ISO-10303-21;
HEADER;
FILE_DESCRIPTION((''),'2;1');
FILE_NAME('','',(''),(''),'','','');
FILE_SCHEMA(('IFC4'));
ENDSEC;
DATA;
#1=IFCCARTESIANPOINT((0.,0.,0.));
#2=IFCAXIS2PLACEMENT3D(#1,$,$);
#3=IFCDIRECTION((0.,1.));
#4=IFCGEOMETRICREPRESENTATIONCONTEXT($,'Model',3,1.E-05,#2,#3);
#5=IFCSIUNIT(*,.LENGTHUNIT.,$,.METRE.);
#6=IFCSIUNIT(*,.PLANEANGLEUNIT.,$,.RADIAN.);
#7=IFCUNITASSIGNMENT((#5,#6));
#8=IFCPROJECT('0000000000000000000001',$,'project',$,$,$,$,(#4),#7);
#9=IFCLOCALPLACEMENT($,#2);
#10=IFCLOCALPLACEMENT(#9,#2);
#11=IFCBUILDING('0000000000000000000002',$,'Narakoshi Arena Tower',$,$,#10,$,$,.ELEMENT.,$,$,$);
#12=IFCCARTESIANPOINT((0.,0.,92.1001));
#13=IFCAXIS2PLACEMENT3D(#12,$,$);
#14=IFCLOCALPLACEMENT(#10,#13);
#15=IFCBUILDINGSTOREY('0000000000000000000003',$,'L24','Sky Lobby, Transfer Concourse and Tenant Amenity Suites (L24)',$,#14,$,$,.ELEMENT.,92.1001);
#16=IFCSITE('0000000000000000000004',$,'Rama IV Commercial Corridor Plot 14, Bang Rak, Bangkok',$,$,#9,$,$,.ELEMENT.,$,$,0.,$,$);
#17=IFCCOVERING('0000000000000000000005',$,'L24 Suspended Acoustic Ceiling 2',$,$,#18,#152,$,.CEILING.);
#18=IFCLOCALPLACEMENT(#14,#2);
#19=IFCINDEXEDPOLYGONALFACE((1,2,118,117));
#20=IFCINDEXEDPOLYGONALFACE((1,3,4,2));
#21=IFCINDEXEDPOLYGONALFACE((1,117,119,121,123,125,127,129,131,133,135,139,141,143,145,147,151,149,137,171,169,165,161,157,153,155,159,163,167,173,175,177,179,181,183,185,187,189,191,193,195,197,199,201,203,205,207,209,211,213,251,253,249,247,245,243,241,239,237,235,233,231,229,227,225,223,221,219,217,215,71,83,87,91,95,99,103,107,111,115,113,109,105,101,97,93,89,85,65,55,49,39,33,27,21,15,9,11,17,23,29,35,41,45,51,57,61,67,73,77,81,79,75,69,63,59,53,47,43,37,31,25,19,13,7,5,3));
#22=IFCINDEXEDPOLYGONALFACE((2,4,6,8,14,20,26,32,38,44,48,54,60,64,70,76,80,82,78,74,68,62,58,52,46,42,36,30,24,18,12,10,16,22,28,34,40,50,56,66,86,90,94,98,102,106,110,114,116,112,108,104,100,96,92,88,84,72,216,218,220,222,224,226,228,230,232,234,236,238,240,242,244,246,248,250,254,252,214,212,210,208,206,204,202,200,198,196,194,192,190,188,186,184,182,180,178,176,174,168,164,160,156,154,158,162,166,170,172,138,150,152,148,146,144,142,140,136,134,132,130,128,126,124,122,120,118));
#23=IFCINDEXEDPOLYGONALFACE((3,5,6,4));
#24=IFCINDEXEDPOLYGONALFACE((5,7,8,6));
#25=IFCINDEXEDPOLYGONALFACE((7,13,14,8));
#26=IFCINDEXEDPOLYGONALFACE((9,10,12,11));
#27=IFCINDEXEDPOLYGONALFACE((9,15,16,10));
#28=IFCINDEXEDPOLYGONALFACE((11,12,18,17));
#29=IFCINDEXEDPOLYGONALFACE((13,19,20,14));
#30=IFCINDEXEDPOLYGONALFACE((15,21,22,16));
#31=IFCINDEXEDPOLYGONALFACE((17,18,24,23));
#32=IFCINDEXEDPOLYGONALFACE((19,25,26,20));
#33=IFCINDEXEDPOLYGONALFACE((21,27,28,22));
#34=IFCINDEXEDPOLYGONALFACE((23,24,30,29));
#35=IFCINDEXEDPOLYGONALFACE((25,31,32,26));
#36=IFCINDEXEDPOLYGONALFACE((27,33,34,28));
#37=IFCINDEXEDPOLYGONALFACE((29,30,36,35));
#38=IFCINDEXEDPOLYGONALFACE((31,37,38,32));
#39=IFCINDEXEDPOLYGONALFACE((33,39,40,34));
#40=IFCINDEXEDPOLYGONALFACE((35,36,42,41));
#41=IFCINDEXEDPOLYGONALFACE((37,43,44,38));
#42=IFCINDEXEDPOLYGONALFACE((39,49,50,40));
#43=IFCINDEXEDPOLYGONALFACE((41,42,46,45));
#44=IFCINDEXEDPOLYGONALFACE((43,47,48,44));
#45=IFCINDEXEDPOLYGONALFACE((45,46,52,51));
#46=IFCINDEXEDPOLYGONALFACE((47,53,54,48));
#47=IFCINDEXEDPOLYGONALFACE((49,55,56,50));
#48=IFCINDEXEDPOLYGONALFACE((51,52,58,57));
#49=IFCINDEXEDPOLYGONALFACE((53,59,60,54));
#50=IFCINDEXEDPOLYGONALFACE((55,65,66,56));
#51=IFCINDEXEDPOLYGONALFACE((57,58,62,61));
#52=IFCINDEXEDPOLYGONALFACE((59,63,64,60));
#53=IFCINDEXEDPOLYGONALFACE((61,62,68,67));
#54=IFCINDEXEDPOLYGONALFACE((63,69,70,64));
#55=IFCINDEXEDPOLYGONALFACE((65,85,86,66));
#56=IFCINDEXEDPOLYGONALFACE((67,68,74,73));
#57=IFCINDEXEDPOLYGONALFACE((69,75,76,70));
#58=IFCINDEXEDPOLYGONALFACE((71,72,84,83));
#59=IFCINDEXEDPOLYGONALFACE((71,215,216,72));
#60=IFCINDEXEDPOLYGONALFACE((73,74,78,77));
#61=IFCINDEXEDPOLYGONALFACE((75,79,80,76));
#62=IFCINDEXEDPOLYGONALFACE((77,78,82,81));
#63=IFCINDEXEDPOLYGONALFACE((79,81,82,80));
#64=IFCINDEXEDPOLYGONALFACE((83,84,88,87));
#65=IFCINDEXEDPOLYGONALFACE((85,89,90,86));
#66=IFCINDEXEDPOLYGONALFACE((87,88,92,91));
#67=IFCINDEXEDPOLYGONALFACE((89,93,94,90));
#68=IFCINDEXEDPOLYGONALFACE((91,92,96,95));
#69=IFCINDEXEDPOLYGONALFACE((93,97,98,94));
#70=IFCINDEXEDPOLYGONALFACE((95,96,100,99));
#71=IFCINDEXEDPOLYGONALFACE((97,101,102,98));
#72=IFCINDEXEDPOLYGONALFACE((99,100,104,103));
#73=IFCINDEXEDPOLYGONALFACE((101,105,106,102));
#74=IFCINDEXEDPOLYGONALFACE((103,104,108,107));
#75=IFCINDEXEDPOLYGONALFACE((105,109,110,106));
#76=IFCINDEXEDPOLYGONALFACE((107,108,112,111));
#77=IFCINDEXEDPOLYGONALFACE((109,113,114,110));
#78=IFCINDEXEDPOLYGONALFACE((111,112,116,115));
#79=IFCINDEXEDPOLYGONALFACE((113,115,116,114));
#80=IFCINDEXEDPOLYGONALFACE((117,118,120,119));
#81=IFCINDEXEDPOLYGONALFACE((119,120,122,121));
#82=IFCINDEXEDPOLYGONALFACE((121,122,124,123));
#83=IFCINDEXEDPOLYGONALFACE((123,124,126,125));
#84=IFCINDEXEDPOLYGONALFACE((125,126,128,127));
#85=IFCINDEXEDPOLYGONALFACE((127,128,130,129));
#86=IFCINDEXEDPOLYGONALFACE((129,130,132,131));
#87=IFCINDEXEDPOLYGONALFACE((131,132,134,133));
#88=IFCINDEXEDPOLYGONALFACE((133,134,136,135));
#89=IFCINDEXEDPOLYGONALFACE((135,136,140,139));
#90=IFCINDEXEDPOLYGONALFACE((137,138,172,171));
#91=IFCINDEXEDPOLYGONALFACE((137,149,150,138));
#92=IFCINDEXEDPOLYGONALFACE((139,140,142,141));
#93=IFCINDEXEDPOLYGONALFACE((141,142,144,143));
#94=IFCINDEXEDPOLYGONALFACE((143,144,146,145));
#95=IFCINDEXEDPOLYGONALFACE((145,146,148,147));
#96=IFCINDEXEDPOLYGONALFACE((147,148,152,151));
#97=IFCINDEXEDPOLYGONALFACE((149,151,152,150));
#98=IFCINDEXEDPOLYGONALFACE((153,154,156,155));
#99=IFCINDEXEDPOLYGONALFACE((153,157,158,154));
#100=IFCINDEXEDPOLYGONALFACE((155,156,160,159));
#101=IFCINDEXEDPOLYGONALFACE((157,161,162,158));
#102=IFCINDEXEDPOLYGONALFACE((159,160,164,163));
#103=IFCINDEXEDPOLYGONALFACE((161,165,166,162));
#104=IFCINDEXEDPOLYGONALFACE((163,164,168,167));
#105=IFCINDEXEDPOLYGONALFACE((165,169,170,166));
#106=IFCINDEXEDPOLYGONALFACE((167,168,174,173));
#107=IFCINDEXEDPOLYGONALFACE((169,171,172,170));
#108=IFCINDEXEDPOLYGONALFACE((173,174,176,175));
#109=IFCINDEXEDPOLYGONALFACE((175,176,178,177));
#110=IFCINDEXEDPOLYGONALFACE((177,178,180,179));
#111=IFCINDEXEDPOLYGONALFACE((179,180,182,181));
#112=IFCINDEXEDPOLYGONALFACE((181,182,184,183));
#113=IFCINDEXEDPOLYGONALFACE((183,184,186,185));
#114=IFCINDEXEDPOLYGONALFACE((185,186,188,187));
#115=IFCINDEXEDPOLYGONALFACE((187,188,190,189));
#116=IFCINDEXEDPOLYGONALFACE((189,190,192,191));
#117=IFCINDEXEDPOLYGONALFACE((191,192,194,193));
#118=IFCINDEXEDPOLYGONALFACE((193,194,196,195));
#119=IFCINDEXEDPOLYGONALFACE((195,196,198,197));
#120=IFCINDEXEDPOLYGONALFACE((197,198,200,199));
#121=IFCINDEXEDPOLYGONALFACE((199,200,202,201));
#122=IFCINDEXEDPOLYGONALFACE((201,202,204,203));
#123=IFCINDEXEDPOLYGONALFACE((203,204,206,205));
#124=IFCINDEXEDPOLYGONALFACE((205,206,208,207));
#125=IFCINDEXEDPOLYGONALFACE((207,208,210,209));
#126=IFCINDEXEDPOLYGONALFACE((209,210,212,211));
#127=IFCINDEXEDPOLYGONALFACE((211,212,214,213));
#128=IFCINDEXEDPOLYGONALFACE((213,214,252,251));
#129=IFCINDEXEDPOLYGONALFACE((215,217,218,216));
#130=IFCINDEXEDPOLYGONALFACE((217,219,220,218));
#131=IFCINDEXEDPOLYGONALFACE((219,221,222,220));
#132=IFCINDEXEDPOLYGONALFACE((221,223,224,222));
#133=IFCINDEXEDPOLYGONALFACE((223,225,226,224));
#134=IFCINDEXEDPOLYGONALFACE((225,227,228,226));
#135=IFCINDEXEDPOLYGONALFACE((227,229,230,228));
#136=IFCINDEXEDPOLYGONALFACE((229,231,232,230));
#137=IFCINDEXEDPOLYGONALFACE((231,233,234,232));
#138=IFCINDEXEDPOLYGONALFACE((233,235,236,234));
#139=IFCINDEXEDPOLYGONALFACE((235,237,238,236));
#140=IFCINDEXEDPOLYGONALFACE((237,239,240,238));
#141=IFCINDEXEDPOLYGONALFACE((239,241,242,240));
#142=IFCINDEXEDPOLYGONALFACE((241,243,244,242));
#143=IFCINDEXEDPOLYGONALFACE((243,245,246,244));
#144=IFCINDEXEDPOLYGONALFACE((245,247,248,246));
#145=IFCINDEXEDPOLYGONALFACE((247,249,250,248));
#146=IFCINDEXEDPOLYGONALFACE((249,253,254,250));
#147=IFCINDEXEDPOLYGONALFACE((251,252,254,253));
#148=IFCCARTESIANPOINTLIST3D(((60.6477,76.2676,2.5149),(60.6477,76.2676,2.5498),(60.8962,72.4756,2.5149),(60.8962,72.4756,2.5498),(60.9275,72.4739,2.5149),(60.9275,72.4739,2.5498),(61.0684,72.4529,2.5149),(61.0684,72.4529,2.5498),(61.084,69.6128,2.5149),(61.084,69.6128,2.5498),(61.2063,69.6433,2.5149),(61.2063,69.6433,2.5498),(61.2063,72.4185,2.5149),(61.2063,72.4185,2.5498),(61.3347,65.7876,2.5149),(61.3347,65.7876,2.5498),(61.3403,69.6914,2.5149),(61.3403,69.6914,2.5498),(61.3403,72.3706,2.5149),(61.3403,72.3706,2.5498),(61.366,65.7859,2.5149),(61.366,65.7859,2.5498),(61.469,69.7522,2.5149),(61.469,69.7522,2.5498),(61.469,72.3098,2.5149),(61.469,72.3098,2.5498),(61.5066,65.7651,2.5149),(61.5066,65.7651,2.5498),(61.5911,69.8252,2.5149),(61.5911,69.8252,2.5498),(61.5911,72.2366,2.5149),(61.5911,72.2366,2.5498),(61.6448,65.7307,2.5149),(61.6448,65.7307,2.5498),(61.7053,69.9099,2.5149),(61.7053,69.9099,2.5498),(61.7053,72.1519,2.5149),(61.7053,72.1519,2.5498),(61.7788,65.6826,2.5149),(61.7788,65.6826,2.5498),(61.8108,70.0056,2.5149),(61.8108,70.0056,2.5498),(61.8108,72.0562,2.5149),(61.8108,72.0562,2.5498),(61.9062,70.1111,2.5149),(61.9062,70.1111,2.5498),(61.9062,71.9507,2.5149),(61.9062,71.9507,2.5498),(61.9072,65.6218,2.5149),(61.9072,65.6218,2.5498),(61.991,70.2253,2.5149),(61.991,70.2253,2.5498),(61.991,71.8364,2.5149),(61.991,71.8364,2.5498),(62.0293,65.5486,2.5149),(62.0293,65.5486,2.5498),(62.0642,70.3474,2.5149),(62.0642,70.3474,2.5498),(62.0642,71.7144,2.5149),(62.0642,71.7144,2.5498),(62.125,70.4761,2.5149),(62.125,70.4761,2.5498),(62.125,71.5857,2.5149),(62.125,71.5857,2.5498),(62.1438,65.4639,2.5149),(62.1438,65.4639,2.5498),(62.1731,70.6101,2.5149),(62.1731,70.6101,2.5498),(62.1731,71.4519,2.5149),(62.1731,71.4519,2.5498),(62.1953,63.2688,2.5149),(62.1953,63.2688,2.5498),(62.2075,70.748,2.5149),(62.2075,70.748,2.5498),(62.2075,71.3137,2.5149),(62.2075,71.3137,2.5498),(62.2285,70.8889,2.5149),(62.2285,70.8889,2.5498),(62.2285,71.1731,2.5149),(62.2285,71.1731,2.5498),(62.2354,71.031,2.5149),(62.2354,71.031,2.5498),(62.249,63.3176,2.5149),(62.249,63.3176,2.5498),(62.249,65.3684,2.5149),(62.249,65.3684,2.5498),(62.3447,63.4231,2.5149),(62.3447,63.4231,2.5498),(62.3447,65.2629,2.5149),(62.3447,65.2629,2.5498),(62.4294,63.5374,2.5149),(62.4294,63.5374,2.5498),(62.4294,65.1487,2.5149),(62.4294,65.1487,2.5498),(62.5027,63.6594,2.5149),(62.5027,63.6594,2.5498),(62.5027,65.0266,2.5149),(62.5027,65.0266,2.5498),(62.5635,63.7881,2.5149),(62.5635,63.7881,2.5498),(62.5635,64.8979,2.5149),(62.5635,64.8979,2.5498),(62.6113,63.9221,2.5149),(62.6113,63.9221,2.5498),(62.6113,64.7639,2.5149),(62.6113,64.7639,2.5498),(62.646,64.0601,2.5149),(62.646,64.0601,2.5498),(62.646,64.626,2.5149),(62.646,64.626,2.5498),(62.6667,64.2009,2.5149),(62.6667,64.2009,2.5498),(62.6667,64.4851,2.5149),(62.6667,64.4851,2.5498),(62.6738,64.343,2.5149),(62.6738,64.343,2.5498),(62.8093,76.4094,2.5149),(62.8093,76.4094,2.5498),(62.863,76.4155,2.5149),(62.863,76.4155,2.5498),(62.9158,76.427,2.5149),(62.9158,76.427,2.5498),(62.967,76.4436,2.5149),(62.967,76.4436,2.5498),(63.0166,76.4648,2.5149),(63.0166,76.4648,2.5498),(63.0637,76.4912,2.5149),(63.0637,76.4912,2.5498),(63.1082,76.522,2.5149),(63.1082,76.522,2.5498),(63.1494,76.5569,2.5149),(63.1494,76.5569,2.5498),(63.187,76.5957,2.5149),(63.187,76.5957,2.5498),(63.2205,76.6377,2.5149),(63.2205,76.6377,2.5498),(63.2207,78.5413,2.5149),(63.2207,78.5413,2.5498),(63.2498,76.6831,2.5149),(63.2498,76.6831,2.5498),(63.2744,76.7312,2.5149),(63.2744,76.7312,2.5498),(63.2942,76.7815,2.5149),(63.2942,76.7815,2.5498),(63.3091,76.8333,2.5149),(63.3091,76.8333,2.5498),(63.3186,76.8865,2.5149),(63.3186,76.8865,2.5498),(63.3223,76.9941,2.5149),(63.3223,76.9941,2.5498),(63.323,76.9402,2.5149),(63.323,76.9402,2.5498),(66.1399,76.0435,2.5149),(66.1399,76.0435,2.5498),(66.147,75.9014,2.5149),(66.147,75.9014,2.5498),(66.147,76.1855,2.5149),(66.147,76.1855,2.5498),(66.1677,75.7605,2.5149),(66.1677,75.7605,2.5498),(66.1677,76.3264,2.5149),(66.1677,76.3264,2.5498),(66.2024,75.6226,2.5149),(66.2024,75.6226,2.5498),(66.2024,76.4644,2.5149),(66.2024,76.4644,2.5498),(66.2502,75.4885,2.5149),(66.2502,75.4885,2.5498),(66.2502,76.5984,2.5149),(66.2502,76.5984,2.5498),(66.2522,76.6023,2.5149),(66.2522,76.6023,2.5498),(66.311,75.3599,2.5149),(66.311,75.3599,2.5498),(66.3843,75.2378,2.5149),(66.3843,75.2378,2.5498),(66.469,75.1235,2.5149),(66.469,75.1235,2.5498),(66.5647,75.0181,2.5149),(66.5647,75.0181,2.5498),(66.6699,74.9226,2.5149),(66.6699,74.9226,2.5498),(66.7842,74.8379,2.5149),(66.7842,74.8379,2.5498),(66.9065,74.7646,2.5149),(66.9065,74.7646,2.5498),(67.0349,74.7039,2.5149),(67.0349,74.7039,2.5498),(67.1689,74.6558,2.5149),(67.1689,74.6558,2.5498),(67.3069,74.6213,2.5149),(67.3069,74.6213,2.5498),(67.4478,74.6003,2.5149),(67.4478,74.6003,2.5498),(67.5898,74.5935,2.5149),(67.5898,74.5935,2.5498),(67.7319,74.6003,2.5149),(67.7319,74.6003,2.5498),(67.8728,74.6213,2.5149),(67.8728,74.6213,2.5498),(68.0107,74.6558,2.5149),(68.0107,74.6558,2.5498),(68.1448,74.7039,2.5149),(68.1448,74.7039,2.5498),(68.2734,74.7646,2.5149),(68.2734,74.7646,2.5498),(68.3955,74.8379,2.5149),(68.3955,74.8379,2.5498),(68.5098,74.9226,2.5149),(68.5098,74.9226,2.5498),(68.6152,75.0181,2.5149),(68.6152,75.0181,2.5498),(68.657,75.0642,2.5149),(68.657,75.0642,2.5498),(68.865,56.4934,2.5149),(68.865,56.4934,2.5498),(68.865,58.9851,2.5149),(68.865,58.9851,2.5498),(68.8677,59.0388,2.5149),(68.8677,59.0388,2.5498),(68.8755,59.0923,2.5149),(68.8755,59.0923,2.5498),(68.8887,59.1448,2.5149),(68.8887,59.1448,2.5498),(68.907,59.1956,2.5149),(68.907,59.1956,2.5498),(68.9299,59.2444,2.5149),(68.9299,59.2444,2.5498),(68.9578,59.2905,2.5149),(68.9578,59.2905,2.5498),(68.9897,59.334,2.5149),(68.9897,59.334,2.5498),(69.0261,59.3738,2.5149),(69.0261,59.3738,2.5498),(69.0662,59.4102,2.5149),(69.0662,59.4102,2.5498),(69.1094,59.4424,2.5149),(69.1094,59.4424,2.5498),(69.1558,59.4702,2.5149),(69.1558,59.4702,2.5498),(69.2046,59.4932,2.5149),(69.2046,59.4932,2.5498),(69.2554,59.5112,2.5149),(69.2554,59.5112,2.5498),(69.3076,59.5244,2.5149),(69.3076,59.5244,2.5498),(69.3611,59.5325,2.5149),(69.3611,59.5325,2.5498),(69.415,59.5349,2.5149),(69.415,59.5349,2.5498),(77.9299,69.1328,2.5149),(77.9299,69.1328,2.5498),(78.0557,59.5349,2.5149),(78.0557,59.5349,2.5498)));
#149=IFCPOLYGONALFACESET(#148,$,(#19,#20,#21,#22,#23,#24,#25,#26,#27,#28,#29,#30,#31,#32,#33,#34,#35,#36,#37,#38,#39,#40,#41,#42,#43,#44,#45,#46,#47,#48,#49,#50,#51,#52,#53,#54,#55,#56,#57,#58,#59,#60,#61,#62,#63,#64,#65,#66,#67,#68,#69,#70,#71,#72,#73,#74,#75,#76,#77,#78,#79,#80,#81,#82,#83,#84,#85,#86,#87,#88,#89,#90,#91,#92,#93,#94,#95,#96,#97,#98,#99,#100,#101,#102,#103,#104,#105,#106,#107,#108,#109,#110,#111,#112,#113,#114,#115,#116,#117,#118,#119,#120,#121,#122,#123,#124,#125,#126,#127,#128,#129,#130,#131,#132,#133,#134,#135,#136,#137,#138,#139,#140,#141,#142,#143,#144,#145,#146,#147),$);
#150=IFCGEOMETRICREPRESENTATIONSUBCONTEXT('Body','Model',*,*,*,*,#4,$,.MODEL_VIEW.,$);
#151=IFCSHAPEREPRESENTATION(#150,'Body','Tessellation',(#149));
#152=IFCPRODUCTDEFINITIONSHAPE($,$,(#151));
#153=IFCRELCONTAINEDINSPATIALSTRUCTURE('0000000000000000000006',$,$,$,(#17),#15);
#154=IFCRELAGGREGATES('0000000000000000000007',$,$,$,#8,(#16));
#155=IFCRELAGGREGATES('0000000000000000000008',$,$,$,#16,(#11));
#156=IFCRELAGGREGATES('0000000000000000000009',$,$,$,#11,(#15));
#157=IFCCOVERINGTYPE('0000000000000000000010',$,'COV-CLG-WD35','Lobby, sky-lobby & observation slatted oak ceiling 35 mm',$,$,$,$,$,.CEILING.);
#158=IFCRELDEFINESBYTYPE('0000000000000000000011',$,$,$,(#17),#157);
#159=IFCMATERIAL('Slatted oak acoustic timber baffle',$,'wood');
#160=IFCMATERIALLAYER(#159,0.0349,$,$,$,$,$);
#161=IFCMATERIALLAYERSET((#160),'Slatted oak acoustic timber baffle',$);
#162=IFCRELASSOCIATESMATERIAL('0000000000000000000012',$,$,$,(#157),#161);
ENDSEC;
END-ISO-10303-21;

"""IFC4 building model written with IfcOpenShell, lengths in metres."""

from ifc_helpers import new_model, si_unit, direction, frame, origin, place, context, subcontext, project, spatial, polyline, outline, extrude, material, layer, layer_set, type_object, element, save


model = new_model("IFC4")

# Units and contexts
model_context = context("Model", 3, precision=1e-05, world=origin(), true_north=direction((0.0, 1.0)))
body_context = subcontext(model_context, "Body", "Model", "MODEL_VIEW")
ifc_project = project(units=[si_unit("LENGTHUNIT", "METRE"), si_unit("PLANEANGLEUNIT", "RADIAN")], contexts=[model_context])

# Site, building, storey
site_placement = place(None, origin())
site = spatial("IfcSite", under=ifc_project, at=site_placement, Name="Rama IV Commercial Corridor Plot 14, Bang Rak, Bangkok", CompositionType="ELEMENT", RefElevation=0.0)
building_placement = place(site_placement, origin())
building = spatial("IfcBuilding", under=site, at=building_placement, Name="Narakoshi Arena Tower", CompositionType="ELEMENT")
storey_placement = place(building_placement, frame((0.0, 0.0, 92.1001)))
storey = spatial("IfcBuildingStorey", under=building, at=storey_placement, Name="L24", Description="Sky Lobby, Transfer Concourse and Tenant Amenity Suites (L24)", CompositionType="ELEMENT", Elevation=92.1001)

# Covering
ifc_material_1 = material(Name="Slatted oak acoustic timber baffle", Category="wood")
ifc_layer_1 = layer(ifc_material_1, 0.0349)
ifc_layer_set_1 = layer_set([ifc_layer_1], Name="Slatted oak acoustic timber baffle")
covering_type_1 = type_object("IfcCoveringType", Name="COV-CLG-WD35", Description="Lobby, sky-lobby & observation slatted oak ceiling 35 mm", PredefinedType="CEILING", material=ifc_layer_set_1)
covering_1_placement = place(storey_placement, frame((0.0, 0.0, 2.5149)))
element("IfcCovering", 1, at=covering_1_placement, inside=storey, type_object=covering_type_1, Name="L24 Suspended Acoustic Ceiling 2", PredefinedType="CEILING", context=body_context, shape_type="SweptSolid", body=[
    extrude(outline(polyline([(62.8093, 76.4094), (62.863, 76.4155), (62.9158, 76.427), (62.967, 76.4436), (63.0166, 76.4648), (63.0637, 76.4912), (63.1082, 76.522), (63.1494, 76.5569), (63.187, 76.5957), (63.2205, 76.6377), (63.2498, 76.6831), (63.2744, 76.7312), (63.2942, 76.7815), (63.3091, 76.8333), (63.3186, 76.8865), (63.323, 76.9402), (63.3223, 76.9941), (63.2207, 78.5413), (66.2522, 76.6023), (66.2502, 76.5984), (66.2024, 76.4644), (66.1677, 76.3264), (66.147, 76.1855), (66.1399, 76.0435), (66.147, 75.9014), (66.1677, 75.7605), (66.2024, 75.6226), (66.2502, 75.4885), (66.311, 75.3599), (66.3843, 75.2378), (66.469, 75.1235), (66.5647, 75.0181), (66.6699, 74.9226), (66.7842, 74.8379), (66.9065, 74.7646), (67.0349, 74.7039), (67.1689, 74.6558), (67.3069, 74.6213), (67.4478, 74.6003), (67.5898, 74.5935), (67.7319, 74.6003), (67.8728, 74.6213), (68.0107, 74.6558), (68.1448, 74.7039), (68.2734, 74.7646), (68.3955, 74.8379), (68.5098, 74.9226), (68.6152, 75.0181), (68.657, 75.0642), (77.9299, 69.1328), (78.0557, 59.5349), (69.415, 59.5349), (69.3611, 59.5325), (69.3076, 59.5244), (69.2554, 59.5112), (69.2046, 59.4932), (69.1558, 59.4702), (69.1094, 59.4424), (69.0662, 59.4102), (69.0261, 59.3738), (68.9897, 59.334), (68.9578, 59.2905), (68.9299, 59.2444), (68.907, 59.1956), (68.8887, 59.1448), (68.8755, 59.0923), (68.8677, 59.0388), (68.865, 58.9851), (68.865, 56.4934), (62.1953, 63.2688), (62.249, 63.3176), (62.3447, 63.4231), (62.4294, 63.5374), (62.5027, 63.6594), (62.5635, 63.7881), (62.6113, 63.9221), (62.646, 64.0601), (62.6667, 64.2009), (62.6738, 64.343), (62.6667, 64.4851), (62.646, 64.626), (62.6113, 64.7639), (62.5635, 64.8979), (62.5027, 65.0266), (62.4294, 65.1487), (62.3447, 65.2629), (62.249, 65.3684), (62.1438, 65.4639), (62.0293, 65.5486), (61.9072, 65.6218), (61.7788, 65.6826), (61.6448, 65.7307), (61.5066, 65.7651), (61.366, 65.7859), (61.3347, 65.7876), (61.084, 69.6128), (61.2063, 69.6433), (61.3403, 69.6914), (61.469, 69.7522), (61.5911, 69.8252), (61.7053, 69.9099), (61.8108, 70.0056), (61.9062, 70.1111), (61.991, 70.2253), (62.0642, 70.3474), (62.125, 70.4761), (62.1731, 70.6101), (62.2075, 70.748), (62.2285, 70.8889), (62.2354, 71.031), (62.2285, 71.1731), (62.2075, 71.3137), (62.1731, 71.4519), (62.125, 71.5857), (62.0642, 71.7144), (61.991, 71.8364), (61.9062, 71.9507), (61.8108, 72.0562), (61.7053, 72.1519), (61.5911, 72.2366), (61.469, 72.3098), (61.3403, 72.3706), (61.2063, 72.4185), (61.0684, 72.4529), (60.9275, 72.4739), (60.8962, 72.4756), (60.6477, 76.2676), (62.8093, 76.4094)])), origin(), (0.0, 0.0, 1.0), 0.0349),
])

save(model, "model.ifc")
